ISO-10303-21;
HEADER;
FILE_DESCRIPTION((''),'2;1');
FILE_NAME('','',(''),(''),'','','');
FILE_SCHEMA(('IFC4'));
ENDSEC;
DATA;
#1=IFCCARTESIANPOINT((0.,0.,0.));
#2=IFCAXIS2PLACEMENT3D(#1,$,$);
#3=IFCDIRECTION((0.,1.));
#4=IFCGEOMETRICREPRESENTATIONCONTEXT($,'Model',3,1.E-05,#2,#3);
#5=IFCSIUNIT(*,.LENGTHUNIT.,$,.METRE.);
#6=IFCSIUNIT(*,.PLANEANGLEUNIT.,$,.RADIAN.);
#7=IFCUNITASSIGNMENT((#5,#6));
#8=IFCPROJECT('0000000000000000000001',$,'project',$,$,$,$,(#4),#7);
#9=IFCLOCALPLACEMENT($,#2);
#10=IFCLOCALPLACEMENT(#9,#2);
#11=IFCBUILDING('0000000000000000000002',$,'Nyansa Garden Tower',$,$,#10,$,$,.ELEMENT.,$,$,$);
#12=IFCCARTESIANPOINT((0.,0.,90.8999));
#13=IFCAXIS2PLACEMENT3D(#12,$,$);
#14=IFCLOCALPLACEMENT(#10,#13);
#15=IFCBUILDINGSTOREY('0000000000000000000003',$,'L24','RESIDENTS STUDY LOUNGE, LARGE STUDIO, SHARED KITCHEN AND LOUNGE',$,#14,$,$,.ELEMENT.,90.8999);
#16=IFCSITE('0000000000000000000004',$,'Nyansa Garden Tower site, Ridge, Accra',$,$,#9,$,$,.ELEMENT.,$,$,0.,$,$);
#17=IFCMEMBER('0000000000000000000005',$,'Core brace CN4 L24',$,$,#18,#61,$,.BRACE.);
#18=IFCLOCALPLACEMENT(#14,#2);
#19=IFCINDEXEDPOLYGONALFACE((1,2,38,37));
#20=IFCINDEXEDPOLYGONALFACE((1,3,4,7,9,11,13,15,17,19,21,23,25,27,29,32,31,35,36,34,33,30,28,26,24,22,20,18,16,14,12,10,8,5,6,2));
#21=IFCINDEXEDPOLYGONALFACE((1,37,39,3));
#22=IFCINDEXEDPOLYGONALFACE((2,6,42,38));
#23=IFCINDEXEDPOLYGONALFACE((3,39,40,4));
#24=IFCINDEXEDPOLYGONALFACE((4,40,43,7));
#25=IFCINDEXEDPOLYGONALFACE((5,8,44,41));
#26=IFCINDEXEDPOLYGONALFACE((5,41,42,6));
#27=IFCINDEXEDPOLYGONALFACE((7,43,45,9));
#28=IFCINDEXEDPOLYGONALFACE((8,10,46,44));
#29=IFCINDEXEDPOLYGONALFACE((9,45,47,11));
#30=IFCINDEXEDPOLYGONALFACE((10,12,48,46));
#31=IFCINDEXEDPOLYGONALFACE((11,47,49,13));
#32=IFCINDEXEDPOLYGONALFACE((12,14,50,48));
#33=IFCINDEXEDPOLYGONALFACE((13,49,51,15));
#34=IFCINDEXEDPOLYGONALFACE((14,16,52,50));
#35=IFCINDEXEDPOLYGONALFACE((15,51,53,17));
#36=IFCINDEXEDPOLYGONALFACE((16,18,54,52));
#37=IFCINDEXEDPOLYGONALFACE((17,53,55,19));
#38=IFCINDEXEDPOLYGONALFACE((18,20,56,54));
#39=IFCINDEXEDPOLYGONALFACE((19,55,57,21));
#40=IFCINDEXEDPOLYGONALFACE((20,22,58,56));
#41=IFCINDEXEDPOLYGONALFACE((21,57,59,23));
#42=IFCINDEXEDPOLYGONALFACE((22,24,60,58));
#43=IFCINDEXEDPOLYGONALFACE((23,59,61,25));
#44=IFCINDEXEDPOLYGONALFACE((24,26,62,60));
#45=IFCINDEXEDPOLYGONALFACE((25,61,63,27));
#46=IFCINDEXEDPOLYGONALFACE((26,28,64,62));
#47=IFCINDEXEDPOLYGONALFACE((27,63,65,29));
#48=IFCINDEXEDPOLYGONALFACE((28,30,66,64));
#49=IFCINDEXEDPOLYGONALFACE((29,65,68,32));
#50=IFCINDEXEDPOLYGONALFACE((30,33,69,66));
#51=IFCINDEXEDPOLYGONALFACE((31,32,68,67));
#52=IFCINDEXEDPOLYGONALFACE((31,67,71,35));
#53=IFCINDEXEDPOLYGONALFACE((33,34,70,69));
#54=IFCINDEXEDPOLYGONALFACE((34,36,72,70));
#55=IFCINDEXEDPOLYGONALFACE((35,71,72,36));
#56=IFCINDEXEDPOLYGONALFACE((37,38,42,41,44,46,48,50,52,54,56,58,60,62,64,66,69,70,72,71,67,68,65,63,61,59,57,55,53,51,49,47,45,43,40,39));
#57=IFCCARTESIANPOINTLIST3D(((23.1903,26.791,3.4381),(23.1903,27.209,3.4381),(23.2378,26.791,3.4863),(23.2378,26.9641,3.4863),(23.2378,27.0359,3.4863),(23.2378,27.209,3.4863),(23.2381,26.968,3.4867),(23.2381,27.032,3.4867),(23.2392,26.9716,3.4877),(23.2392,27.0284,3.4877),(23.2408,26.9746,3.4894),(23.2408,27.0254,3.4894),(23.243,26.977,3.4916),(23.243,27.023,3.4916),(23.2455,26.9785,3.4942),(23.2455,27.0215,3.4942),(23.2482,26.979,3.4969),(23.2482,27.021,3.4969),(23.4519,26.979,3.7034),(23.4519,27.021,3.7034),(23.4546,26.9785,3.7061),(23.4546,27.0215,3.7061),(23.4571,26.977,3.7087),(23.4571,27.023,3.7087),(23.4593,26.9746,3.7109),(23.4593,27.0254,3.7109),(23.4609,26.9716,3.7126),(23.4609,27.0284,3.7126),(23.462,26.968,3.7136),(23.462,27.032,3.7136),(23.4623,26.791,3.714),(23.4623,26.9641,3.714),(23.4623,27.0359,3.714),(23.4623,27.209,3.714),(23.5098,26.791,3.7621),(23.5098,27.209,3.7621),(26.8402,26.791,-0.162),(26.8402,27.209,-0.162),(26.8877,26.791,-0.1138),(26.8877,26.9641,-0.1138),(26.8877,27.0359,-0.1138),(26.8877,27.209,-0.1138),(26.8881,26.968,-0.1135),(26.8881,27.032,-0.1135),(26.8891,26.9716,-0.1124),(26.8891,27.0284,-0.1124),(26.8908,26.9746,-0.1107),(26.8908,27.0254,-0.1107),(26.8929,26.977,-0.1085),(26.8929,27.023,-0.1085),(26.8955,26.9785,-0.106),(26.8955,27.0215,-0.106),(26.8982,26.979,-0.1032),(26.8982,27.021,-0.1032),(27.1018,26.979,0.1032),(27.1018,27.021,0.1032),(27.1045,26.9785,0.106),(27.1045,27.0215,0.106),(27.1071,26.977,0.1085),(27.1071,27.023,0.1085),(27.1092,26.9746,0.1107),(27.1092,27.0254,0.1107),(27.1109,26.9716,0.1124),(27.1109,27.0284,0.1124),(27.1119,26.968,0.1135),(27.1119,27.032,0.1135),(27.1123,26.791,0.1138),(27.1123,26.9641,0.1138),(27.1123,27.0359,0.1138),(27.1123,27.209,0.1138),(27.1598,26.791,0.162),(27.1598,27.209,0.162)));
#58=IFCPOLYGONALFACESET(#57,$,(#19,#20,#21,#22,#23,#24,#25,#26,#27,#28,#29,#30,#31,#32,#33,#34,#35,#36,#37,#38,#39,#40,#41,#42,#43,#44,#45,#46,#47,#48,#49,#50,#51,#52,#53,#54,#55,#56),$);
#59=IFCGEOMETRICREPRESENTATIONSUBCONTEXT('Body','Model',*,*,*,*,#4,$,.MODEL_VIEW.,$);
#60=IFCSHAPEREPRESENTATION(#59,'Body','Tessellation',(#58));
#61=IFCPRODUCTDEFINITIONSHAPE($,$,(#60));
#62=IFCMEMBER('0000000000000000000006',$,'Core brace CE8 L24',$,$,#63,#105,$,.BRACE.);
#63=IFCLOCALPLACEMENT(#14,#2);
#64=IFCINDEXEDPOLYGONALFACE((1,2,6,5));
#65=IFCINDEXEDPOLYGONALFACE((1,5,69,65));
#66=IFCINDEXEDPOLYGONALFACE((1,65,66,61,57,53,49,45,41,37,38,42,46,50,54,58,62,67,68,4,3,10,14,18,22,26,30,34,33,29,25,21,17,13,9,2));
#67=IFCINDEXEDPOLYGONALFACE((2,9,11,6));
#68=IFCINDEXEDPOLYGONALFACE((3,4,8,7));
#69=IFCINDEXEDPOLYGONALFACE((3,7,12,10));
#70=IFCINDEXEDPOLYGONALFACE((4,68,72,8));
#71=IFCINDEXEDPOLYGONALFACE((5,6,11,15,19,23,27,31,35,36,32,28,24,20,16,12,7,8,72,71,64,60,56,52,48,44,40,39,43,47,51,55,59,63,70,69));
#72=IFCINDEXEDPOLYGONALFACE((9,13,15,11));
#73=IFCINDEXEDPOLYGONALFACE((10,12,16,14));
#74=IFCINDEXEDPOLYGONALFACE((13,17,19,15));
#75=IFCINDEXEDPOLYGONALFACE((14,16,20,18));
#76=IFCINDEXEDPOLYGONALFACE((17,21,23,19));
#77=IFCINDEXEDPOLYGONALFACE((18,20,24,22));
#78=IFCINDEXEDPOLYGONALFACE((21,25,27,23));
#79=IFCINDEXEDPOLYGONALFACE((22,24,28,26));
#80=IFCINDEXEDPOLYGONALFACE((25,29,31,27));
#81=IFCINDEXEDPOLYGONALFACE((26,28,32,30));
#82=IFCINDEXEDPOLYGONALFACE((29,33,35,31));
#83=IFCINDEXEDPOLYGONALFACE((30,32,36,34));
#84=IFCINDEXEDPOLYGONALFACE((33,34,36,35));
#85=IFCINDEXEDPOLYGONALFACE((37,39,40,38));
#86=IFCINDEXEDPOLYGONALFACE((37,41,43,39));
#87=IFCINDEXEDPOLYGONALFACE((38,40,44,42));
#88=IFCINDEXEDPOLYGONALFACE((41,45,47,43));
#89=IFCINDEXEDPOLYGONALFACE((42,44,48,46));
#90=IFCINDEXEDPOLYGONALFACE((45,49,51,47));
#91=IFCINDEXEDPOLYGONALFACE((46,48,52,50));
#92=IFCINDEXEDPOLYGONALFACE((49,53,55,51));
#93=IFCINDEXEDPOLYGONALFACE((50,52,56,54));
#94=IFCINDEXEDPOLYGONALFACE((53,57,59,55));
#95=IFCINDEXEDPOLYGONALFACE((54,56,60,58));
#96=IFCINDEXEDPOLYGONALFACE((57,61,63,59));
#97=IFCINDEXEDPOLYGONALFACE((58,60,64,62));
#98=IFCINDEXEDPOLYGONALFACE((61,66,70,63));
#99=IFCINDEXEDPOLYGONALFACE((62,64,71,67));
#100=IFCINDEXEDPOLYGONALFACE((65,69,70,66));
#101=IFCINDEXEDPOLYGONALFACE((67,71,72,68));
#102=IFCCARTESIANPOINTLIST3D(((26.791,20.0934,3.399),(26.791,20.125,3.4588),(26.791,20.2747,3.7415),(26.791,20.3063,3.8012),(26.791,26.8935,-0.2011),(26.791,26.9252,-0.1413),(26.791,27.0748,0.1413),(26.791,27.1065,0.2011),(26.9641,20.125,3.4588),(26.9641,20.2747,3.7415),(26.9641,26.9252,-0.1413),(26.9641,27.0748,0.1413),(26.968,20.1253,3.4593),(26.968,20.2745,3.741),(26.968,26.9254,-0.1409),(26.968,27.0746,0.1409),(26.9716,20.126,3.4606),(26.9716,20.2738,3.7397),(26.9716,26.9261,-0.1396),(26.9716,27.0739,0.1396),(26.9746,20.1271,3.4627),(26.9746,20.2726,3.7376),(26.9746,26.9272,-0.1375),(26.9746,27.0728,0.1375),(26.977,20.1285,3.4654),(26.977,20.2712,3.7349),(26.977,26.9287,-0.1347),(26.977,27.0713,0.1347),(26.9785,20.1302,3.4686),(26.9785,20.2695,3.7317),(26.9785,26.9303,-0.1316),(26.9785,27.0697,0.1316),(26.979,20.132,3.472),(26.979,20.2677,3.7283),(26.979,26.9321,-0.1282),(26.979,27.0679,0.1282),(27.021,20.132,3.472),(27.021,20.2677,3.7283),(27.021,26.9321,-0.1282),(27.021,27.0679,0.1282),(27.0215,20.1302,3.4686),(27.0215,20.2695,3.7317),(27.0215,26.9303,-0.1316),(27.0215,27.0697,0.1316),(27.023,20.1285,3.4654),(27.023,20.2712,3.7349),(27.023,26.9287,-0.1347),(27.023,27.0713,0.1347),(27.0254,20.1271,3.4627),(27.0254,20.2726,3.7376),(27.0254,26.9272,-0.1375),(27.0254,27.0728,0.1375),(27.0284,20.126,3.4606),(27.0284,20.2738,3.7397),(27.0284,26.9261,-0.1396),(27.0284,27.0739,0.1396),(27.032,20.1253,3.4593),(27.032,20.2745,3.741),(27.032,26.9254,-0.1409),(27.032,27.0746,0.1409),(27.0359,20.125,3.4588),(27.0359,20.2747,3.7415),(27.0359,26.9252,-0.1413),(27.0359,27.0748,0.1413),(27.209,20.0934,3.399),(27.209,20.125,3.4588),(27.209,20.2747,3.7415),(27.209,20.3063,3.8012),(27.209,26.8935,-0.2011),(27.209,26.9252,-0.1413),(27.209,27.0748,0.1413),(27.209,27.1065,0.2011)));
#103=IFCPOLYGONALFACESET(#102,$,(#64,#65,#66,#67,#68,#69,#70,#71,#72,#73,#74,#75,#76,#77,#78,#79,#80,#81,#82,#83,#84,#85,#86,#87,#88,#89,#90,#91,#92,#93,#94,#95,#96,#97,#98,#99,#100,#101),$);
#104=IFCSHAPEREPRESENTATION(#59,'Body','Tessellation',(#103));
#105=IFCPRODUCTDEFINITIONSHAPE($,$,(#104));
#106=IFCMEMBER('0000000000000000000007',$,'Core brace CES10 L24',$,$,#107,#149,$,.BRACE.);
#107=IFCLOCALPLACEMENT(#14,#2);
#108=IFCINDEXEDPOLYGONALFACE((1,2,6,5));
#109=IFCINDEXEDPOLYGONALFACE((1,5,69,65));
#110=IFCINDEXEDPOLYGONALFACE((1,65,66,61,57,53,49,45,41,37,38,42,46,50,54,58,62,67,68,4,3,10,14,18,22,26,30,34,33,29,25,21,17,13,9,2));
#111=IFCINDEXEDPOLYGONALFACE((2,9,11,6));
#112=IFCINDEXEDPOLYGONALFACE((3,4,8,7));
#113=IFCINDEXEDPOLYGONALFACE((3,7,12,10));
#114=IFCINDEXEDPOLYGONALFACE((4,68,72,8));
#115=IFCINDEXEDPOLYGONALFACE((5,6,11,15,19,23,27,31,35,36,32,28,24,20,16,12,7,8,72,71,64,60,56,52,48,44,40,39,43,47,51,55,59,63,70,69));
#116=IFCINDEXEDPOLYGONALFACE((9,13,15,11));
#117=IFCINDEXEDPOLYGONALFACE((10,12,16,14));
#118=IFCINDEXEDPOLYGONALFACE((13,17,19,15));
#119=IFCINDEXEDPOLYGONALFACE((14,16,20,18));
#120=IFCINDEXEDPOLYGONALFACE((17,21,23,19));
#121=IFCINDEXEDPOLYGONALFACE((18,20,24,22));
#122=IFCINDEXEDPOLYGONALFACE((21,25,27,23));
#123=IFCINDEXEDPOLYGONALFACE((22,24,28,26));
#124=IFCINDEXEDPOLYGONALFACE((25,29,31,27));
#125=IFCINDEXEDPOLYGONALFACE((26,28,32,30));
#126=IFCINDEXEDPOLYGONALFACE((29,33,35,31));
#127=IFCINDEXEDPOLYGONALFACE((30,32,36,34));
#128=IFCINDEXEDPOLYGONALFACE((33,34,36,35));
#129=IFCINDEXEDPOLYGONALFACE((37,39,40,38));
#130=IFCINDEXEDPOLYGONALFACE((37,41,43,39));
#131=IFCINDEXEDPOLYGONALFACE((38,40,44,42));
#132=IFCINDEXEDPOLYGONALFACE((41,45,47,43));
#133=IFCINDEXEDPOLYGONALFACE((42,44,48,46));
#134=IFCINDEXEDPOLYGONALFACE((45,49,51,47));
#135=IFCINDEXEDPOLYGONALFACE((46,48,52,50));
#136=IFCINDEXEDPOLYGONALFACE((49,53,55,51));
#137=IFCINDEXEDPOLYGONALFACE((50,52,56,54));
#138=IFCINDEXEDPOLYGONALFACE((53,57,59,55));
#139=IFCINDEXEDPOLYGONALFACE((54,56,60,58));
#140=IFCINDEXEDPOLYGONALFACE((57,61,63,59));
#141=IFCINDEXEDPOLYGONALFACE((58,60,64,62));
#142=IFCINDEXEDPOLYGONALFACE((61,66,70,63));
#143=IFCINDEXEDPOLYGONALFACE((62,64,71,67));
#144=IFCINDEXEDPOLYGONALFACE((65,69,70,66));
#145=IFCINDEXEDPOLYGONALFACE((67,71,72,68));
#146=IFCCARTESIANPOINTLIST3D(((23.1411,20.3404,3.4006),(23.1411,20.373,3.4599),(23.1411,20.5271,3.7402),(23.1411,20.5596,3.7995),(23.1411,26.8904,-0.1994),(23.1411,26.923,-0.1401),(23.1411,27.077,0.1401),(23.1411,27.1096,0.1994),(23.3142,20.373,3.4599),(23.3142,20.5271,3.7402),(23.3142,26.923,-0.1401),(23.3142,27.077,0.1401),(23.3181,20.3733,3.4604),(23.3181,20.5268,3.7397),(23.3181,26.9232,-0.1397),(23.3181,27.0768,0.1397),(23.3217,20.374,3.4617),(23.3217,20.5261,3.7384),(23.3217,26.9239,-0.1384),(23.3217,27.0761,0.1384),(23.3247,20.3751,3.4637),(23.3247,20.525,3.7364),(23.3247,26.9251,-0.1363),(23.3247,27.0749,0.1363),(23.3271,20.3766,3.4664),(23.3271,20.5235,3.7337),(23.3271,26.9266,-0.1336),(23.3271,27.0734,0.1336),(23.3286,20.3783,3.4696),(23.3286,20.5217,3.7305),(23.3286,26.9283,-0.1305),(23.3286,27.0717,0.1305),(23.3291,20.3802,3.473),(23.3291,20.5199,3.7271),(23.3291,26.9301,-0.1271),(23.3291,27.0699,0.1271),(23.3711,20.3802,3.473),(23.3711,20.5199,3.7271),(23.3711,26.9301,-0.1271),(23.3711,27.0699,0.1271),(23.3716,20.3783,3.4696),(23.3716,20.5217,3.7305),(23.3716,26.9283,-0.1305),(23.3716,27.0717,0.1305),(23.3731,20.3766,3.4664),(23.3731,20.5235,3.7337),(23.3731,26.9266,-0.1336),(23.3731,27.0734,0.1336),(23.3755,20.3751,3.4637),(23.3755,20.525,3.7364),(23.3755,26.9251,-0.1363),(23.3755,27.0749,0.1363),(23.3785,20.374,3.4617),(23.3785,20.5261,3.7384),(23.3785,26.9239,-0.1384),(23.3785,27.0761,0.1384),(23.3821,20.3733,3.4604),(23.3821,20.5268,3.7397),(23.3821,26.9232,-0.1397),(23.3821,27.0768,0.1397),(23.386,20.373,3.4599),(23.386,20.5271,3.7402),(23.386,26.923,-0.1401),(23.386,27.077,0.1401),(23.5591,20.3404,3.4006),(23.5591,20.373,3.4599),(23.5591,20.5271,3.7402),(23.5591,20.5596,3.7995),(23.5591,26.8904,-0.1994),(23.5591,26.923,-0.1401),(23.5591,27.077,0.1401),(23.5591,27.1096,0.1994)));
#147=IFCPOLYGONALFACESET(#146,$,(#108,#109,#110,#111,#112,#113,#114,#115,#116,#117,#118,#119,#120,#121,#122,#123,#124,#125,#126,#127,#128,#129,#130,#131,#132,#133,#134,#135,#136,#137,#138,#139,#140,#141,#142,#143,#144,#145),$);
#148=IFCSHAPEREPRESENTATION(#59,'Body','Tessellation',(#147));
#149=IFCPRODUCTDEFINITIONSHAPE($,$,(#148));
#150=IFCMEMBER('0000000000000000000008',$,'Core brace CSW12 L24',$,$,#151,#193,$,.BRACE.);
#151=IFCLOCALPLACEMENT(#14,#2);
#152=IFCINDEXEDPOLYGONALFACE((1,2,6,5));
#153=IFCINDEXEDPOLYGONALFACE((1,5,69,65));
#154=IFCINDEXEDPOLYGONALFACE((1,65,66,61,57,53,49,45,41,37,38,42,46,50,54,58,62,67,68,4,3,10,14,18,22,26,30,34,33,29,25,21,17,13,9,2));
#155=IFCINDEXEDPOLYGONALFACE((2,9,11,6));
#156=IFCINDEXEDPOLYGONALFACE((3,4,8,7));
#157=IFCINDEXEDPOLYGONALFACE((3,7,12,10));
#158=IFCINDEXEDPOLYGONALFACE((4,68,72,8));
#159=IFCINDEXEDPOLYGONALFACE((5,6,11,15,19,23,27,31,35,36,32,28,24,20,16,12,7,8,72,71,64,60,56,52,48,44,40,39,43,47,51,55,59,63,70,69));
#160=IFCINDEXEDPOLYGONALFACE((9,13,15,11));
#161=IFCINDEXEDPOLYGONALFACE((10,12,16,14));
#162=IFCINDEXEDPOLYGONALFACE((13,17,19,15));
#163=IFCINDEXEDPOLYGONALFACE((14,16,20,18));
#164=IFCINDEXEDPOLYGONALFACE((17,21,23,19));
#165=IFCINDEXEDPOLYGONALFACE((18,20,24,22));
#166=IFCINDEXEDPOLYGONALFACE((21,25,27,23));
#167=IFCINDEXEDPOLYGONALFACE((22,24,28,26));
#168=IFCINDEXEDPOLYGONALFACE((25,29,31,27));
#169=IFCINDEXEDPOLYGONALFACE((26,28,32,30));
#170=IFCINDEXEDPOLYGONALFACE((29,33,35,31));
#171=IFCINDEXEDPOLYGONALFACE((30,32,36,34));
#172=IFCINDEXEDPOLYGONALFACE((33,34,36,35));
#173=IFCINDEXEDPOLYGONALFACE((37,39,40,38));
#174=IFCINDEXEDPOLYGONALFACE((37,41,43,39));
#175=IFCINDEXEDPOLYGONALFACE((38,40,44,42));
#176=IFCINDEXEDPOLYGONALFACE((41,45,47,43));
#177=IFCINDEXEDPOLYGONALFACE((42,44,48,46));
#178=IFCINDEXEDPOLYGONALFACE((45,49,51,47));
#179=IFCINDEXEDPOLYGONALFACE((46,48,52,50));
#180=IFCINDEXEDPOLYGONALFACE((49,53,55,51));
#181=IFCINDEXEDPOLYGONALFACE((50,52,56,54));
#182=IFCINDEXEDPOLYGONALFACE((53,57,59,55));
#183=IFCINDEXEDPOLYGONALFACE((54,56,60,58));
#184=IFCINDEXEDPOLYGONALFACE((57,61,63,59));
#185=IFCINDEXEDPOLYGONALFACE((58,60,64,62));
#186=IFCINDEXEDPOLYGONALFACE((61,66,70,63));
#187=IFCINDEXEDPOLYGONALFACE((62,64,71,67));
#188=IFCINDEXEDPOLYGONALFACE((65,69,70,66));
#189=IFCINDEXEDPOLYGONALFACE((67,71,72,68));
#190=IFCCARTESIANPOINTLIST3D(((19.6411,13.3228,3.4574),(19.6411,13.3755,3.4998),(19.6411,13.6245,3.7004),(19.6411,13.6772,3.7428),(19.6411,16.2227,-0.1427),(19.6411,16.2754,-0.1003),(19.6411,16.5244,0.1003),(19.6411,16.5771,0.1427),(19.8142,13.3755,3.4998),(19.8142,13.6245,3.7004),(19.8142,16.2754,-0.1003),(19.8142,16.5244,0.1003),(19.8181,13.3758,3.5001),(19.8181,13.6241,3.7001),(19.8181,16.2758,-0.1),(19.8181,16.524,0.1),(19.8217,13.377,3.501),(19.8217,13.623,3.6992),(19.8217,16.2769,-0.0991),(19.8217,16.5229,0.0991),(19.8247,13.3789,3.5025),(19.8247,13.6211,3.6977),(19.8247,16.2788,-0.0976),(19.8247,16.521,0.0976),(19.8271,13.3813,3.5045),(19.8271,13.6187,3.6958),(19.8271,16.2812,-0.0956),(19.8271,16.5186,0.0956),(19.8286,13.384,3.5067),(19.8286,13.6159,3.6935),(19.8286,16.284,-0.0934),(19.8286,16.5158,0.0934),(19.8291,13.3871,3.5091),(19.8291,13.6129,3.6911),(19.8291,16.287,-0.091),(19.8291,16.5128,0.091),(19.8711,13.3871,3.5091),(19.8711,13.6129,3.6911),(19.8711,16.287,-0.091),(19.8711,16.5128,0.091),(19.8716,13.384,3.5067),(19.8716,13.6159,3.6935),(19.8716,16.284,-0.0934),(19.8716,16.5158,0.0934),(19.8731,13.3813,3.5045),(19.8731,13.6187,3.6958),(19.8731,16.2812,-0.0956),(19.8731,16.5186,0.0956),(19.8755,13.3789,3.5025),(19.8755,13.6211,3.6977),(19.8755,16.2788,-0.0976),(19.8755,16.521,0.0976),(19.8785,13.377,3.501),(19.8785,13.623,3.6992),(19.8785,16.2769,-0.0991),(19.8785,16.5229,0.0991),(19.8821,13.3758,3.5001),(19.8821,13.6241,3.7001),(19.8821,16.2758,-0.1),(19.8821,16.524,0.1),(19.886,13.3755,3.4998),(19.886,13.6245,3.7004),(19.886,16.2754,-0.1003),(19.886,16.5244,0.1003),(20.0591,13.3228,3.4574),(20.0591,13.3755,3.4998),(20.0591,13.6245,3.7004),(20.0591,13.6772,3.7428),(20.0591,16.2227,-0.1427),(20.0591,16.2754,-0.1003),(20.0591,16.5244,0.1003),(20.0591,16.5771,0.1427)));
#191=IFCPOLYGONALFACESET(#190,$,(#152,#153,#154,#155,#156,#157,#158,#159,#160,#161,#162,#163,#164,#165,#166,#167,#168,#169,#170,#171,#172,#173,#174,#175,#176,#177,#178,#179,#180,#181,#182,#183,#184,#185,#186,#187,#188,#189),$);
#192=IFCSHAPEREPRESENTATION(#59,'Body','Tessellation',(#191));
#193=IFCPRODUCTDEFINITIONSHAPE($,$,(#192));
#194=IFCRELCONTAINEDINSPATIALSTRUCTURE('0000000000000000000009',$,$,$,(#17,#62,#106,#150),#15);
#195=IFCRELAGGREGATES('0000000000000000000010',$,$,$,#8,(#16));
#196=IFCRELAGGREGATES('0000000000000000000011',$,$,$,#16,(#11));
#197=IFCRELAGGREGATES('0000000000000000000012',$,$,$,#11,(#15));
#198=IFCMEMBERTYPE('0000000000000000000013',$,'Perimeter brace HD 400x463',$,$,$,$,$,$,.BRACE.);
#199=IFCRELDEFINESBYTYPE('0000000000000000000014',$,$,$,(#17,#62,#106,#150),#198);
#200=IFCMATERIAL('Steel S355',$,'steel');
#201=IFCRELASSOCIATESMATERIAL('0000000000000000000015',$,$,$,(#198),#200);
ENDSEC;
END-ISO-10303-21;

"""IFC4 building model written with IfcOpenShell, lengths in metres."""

from ifc_helpers import new_model, si_unit, direction, frame, origin, origin_2d, place, context, subcontext, project, spatial, i_section, extrude, material, material_profile, profile_set, type_object, element, save


model = new_model("IFC4")

# Units and contexts
model_context = context("Model", 3, precision=1e-05, world=origin(), true_north=direction((0.0, 1.0)))
body_context = subcontext(model_context, "Body", "Model", "MODEL_VIEW")
ifc_project = project(units=[si_unit("LENGTHUNIT", "METRE"), si_unit("PLANEANGLEUNIT", "RADIAN")], contexts=[model_context])

# Site, building, storey
site_placement = place(None, origin())
site = spatial("IfcSite", under=ifc_project, at=site_placement, Name="Nyansa Garden Tower site, Ridge, Accra", CompositionType="ELEMENT", RefElevation=0.0)
building_placement = place(site_placement, origin())
building = spatial("IfcBuilding", under=site, at=building_placement, Name="Nyansa Garden Tower", CompositionType="ELEMENT")
storey_placement = place(building_placement, frame((0.0, 0.0, 90.8999)))
storey = spatial("IfcBuildingStorey", under=building, at=storey_placement, Name="L24", Description="RESIDENTS STUDY LOUNGE, LARGE STUDIO, SHARED KITCHEN AND LOUNGE", CompositionType="ELEMENT", Elevation=90.8999)

# Members
ifc_material_1 = material(Name="Steel S355", Category="steel")
ifc_material_profile_1 = material_profile(ifc_material_1, i_section(OverallWidth=0.418, OverallDepth=0.4551, WebThickness=0.042, FlangeThickness=0.0676, FilletRadius=0.0149, at=origin_2d()), Name="HD 400x463")
ifc_profile_set_1 = profile_set([ifc_material_profile_1], Name="Steel S355")
member_type = type_object("IfcMemberType", Name="Perimeter brace HD 400x463", PredefinedType="BRACE", material=ifc_profile_set_1)
member_1_placement = place(storey_placement, frame((27.0, 27.0, 0.0), z_axis=(-0.711948, 0.0, 0.702233), x_axis=(0.0, -1.0, 0.0)))
element("IfcMember", 1, at=member_1_placement, inside=storey, type_object=member_type, Name="Core brace CN4 L24", PredefinedType="BRACE", context=body_context, shape_type="SweptSolid", body=[
    extrude(i_section(OverallWidth=0.418, OverallDepth=0.4551, WebThickness=0.042, FlangeThickness=0.0676, FilletRadius=0.0149, at=origin_2d()), origin(), (0.0, 0.0, 1.0), 5.1267),
])
member_2_placement = place(storey_placement, frame((27.0, 27.0, 0.0), z_axis=(0.0, -0.883784, 0.467895), x_axis=(1.0, 0.0, 0.0)))
element("IfcMember", 2, at=member_2_placement, inside=storey, type_object=member_type, Name="Core brace CE8 L24", PredefinedType="BRACE", context=body_context, shape_type="SweptSolid", body=[
    extrude(i_section(OverallWidth=0.418, OverallDepth=0.4551, WebThickness=0.042, FlangeThickness=0.0676, FilletRadius=0.0149, at=origin_2d()), origin(), (0.0, 0.0, 1.0), 7.6943),
])
member_3_placement = place(storey_placement, frame((23.3501, 27.0, 0.0), z_axis=(0.0, -0.876353, 0.481669), x_axis=(1.0, 0.0, 0.0)))
element("IfcMember", 3, at=member_3_placement, inside=storey, type_object=member_type, Name="Core brace CES10 L24", PredefinedType="BRACE", context=body_context, shape_type="SweptSolid", body=[
    extrude(i_section(OverallWidth=0.418, OverallDepth=0.4551, WebThickness=0.042, FlangeThickness=0.0676, FilletRadius=0.0149, at=origin_2d()), origin(), (0.0, 0.0, 1.0), 7.4741),
])
member_4_placement = place(storey_placement, frame((19.8501, 16.3999, 0.0), z_axis=(0.0, -0.627306, 0.778773), x_axis=(1.0, 0.0, 0.0)))
element("IfcMember", 4, at=member_4_placement, inside=storey, type_object=member_type, Name="Core brace CSW12 L24", PredefinedType="BRACE", context=body_context, shape_type="SweptSolid", body=[
    extrude(i_section(OverallWidth=0.418, OverallDepth=0.4551, WebThickness=0.042, FlangeThickness=0.0676, FilletRadius=0.0149, at=origin_2d()), origin(), (0.0, 0.0, 1.0), 4.6228),
])

save(model, "model.ifc")
